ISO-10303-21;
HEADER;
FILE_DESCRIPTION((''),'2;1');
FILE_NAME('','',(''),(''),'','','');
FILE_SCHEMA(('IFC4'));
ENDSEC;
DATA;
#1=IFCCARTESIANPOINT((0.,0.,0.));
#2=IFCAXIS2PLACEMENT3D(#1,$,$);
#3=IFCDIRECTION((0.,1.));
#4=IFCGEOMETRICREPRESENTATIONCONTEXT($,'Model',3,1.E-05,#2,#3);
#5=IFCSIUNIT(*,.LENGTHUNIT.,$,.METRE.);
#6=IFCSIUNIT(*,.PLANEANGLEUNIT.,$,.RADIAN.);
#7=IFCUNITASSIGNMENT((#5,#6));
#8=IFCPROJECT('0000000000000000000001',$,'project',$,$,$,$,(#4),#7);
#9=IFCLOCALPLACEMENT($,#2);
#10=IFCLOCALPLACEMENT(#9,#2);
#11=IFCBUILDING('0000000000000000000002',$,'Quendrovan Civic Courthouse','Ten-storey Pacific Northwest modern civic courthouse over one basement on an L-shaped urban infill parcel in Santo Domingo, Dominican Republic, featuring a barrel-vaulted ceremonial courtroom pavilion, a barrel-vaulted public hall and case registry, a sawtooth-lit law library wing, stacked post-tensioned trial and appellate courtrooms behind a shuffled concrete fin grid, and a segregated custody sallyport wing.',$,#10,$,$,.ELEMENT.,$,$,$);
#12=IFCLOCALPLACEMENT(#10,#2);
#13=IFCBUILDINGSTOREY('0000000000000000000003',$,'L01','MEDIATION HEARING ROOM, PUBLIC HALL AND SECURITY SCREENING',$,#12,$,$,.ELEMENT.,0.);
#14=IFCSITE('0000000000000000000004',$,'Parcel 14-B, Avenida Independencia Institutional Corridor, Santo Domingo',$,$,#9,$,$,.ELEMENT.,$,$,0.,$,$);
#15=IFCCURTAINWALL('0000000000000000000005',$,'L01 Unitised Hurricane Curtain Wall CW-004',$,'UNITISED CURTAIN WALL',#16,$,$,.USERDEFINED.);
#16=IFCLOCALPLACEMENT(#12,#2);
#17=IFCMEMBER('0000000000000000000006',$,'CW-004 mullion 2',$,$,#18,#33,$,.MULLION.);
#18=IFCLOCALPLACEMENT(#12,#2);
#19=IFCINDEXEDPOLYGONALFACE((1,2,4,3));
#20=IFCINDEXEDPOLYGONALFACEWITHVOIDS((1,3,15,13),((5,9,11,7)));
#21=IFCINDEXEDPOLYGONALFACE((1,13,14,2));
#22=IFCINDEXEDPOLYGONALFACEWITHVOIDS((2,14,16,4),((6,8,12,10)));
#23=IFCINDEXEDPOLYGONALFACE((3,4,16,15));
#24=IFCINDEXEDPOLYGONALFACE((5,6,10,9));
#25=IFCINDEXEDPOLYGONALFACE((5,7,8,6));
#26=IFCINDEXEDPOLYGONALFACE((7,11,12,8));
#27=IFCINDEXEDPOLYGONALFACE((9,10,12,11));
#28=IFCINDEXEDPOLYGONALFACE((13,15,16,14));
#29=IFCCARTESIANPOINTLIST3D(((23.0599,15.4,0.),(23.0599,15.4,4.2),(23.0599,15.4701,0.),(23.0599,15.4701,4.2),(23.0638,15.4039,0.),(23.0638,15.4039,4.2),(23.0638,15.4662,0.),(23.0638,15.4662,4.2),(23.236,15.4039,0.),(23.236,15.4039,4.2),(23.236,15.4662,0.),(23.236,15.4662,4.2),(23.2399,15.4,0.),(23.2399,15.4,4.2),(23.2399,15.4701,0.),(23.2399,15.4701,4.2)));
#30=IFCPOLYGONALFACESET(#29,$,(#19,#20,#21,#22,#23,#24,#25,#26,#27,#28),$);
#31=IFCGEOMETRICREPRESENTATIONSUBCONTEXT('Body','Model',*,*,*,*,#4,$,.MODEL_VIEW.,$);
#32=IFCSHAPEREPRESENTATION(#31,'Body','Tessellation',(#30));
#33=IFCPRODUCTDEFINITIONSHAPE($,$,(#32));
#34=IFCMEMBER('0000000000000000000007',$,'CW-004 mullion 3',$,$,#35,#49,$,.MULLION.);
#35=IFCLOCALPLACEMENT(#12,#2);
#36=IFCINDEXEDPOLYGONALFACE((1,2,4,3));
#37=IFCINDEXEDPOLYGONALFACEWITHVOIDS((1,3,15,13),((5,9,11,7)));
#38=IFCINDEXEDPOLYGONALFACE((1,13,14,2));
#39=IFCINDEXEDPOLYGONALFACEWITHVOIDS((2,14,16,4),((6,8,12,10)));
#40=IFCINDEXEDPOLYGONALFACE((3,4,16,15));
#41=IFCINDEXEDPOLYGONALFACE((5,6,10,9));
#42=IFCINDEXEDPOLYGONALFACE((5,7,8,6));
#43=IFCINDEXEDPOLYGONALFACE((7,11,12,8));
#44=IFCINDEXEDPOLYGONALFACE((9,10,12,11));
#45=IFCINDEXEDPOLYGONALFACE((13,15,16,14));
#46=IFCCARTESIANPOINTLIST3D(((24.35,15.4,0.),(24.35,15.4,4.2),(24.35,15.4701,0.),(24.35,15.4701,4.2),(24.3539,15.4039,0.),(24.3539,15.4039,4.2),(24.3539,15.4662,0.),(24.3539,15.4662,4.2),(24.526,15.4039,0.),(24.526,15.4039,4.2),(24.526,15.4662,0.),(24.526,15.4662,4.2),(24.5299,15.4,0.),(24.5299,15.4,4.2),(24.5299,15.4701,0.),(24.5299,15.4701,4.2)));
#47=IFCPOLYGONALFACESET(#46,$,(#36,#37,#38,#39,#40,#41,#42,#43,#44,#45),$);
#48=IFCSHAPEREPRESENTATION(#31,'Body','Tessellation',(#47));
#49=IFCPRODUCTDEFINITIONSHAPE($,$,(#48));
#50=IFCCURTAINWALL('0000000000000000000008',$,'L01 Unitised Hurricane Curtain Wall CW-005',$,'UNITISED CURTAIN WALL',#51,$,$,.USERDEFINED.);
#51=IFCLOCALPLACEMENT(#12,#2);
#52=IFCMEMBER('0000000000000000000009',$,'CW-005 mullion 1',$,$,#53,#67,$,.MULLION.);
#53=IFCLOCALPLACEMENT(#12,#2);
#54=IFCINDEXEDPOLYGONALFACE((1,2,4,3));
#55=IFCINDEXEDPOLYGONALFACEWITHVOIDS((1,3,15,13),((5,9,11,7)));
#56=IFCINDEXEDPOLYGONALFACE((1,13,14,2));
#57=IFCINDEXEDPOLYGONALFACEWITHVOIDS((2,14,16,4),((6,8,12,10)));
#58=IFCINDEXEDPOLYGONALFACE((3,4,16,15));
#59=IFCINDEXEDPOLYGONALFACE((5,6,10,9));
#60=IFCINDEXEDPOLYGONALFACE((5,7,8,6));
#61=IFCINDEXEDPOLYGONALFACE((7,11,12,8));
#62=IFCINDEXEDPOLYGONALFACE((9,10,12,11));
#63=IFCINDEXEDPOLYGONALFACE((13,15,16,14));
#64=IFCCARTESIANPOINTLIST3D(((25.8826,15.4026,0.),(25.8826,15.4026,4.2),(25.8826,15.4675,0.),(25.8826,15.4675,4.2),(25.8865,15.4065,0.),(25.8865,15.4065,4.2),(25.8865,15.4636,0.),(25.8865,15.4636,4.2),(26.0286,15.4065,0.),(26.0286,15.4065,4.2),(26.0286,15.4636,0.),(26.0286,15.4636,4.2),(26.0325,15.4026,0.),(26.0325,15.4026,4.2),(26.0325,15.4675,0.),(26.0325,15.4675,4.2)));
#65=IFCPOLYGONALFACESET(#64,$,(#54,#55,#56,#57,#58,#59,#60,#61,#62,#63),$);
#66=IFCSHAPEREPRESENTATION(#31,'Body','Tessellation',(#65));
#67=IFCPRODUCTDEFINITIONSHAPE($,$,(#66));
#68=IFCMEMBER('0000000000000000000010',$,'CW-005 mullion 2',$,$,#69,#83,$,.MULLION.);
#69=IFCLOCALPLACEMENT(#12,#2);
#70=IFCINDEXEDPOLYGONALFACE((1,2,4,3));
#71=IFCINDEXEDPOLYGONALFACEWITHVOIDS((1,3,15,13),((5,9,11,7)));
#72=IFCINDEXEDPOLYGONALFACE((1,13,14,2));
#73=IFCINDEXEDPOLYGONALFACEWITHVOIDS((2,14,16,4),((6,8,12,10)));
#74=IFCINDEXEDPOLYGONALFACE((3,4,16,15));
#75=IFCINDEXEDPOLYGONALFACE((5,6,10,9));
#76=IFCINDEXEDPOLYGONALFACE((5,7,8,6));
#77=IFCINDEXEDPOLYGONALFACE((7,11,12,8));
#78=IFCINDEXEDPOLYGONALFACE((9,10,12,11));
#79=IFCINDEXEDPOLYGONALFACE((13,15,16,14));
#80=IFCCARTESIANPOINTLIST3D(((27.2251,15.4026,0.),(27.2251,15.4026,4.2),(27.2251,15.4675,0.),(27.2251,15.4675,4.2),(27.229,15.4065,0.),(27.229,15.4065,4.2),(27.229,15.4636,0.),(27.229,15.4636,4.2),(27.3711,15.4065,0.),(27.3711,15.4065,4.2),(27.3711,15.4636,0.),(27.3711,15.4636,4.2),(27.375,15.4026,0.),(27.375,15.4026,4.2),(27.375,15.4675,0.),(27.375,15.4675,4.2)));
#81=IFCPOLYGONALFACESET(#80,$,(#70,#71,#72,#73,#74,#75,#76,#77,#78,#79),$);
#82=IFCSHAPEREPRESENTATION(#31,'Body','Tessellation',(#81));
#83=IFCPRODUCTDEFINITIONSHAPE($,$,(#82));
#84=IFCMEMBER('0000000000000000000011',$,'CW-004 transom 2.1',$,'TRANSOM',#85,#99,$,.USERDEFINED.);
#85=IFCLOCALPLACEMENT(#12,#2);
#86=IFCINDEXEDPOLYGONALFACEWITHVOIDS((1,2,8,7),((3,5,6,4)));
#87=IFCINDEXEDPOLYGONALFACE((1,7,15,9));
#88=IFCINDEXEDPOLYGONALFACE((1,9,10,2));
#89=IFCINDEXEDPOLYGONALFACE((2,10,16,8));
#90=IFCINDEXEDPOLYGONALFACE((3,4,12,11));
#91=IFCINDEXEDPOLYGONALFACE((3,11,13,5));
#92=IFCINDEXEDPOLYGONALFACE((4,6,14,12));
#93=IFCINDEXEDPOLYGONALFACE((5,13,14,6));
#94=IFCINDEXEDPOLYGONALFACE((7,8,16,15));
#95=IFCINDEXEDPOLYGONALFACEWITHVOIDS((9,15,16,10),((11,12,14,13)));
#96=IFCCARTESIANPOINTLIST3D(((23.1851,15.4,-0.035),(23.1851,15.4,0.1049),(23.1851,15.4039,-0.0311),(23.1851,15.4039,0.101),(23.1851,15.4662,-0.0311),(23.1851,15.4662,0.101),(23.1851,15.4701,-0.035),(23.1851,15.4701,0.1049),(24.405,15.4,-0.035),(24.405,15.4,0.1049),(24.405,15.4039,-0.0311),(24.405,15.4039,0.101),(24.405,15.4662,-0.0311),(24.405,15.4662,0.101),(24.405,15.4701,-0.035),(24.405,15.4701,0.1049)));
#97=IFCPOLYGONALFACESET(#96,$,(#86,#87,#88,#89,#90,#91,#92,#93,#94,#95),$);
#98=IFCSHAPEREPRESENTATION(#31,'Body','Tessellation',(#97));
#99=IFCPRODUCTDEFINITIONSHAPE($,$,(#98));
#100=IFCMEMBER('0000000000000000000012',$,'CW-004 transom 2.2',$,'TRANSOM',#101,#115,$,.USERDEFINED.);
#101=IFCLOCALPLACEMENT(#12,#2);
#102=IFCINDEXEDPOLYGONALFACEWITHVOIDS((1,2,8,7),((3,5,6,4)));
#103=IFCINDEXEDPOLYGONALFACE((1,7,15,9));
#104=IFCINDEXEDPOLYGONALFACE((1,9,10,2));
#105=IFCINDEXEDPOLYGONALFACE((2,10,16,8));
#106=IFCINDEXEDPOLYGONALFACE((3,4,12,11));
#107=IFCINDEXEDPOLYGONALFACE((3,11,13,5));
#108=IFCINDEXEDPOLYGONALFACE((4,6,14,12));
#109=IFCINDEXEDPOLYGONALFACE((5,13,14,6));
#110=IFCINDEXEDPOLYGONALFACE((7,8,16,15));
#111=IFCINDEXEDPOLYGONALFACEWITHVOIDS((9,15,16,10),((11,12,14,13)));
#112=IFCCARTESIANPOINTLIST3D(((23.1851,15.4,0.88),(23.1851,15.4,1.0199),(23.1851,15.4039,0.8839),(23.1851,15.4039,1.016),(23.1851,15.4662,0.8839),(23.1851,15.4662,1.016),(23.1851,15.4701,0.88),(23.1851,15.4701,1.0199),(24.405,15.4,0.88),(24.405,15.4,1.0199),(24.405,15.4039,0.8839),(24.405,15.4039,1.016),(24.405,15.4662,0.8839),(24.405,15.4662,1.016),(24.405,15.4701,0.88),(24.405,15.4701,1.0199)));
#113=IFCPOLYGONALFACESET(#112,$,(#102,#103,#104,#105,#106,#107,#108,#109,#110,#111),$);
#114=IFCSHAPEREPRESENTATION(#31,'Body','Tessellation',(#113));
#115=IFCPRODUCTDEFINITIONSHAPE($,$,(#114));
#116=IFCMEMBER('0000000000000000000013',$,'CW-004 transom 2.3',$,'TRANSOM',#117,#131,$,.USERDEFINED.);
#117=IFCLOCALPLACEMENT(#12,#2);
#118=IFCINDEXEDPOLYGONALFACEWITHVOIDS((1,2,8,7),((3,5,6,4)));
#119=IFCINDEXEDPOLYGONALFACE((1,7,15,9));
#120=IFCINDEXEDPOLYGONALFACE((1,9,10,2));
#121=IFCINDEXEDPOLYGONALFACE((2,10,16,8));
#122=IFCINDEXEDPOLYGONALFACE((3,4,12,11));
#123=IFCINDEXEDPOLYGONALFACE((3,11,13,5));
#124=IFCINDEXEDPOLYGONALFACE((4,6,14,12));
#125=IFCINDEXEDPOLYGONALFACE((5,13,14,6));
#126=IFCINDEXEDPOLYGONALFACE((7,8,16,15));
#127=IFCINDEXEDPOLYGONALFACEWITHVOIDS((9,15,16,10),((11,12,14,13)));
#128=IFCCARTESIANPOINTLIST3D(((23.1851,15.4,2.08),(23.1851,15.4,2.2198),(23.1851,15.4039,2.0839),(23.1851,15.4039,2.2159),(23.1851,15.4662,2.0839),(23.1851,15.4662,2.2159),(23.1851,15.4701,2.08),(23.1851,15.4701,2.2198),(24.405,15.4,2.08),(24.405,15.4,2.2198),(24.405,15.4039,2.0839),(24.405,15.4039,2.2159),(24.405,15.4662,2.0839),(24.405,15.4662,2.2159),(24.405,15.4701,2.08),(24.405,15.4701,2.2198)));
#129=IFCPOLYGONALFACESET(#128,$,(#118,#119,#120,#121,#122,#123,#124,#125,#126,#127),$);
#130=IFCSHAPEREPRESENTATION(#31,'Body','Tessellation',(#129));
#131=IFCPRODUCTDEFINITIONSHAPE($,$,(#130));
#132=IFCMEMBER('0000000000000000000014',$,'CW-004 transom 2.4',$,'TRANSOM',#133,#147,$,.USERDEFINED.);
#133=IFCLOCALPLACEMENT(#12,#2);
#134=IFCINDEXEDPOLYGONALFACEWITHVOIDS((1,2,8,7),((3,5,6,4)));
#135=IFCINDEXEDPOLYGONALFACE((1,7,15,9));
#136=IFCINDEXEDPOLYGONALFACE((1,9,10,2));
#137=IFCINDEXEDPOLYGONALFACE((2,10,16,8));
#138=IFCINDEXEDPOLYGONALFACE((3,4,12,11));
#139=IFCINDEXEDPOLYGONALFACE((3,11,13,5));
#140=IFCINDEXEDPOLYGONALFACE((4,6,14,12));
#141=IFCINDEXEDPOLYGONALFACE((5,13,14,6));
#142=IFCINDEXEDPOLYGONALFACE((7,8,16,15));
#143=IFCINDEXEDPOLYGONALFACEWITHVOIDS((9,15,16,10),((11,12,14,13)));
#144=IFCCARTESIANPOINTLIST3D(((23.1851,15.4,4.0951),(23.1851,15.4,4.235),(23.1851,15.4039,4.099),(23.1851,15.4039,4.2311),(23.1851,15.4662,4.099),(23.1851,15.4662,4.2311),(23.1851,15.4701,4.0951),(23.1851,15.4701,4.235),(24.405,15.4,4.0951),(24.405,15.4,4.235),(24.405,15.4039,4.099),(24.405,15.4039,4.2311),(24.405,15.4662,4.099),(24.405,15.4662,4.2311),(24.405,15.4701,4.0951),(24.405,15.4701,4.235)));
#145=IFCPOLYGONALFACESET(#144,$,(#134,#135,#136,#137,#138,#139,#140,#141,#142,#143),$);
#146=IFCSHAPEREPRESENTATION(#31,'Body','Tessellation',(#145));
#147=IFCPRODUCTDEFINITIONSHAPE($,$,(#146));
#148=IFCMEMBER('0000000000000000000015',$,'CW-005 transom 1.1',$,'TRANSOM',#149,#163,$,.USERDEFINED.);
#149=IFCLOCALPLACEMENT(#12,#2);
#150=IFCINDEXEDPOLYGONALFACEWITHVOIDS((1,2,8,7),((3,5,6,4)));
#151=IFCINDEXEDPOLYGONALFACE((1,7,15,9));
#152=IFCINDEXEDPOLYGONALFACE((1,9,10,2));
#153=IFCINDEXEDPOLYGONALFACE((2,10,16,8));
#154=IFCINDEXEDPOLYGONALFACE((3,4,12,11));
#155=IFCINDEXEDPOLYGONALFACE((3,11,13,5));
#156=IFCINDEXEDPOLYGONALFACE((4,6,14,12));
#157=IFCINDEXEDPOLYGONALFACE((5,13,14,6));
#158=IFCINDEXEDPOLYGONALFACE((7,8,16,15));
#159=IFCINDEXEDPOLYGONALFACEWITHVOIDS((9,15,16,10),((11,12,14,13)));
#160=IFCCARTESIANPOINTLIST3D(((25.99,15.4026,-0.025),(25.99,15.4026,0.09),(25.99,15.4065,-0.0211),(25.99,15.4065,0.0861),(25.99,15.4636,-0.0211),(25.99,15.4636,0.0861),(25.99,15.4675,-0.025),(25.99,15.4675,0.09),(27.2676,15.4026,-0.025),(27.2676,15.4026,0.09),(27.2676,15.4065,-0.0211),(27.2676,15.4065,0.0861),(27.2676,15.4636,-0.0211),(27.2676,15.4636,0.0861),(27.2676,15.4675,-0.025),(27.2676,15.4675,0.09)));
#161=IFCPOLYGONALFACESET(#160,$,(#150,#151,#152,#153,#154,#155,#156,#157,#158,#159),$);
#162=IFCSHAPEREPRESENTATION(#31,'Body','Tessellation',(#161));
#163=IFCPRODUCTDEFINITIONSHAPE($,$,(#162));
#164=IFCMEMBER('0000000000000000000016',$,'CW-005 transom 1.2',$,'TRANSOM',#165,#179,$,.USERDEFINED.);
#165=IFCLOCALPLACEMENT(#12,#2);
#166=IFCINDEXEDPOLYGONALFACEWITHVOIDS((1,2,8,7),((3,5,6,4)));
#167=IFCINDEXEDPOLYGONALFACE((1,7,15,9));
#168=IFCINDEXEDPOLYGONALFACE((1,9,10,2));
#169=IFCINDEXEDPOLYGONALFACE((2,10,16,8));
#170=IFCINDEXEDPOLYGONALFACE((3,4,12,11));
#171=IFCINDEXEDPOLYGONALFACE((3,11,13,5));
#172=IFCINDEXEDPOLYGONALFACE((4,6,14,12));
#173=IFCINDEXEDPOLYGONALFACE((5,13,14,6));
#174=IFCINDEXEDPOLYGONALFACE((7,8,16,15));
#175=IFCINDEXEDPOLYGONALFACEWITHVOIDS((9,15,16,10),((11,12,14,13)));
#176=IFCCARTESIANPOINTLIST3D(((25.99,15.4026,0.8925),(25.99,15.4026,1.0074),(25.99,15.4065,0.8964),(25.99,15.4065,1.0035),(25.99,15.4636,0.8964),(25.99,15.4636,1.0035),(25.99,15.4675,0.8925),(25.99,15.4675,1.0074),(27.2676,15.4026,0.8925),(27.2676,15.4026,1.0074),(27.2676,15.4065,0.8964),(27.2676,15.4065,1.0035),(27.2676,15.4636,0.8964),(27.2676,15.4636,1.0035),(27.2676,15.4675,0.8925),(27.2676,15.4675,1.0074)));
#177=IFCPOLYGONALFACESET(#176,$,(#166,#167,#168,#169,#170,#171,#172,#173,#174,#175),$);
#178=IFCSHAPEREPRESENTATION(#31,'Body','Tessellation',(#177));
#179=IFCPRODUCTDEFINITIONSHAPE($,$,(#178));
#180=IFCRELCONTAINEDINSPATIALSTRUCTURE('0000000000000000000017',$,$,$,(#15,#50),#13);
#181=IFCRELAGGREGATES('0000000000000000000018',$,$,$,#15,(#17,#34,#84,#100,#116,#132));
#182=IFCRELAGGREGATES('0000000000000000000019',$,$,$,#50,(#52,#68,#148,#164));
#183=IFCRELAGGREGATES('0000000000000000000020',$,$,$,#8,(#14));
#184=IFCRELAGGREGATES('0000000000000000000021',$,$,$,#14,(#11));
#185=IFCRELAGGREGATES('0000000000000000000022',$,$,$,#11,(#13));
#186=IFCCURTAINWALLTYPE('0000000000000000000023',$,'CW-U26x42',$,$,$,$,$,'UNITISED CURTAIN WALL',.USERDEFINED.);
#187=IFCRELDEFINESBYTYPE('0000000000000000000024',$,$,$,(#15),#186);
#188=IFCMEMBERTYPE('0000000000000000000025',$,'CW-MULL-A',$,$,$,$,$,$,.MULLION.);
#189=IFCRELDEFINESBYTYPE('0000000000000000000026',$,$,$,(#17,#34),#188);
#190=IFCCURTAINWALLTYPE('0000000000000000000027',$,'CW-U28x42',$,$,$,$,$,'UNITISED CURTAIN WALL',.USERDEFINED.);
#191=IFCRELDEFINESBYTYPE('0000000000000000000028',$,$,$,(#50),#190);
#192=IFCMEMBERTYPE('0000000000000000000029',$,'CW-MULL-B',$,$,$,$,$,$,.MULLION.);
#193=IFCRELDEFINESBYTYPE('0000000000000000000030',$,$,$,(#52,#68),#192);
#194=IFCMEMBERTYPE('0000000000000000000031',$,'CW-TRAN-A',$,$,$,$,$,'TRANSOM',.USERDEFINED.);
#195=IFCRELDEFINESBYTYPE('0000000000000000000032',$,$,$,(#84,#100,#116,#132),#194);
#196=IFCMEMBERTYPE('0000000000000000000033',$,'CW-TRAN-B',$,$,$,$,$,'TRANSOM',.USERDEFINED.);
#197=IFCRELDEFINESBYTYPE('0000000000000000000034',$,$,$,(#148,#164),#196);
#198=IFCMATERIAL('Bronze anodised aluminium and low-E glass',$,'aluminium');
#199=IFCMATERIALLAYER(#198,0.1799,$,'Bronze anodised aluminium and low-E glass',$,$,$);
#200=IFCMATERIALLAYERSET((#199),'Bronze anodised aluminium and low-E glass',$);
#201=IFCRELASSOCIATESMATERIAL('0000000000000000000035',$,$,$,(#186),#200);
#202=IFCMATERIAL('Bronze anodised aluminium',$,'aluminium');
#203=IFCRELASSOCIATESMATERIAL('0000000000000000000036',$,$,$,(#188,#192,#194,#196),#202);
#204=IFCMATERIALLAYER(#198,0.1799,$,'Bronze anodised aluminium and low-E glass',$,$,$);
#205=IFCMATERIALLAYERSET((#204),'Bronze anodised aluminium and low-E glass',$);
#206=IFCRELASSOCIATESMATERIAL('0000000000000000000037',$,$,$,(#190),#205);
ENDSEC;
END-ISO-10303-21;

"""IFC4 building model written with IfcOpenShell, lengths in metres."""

from ifc_helpers import new_model, si_unit, direction, frame, origin, origin_2d, place, context, subcontext, project, spatial, hollow_rectangle, extrude, material, layer, layer_set, material_profile, profile_set, type_object, element, aggregate, save


model = new_model("IFC4")

# Units and contexts
model_context = context("Model", 3, precision=1e-05, world=origin(), true_north=direction((0.0, 1.0)))
body_context = subcontext(model_context, "Body", "Model", "MODEL_VIEW")
ifc_project = project(units=[si_unit("LENGTHUNIT", "METRE"), si_unit("PLANEANGLEUNIT", "RADIAN")], contexts=[model_context])

# Site, building, storey
site_placement = place(None, origin())
site = spatial("IfcSite", under=ifc_project, at=site_placement, Name="Parcel 14-B, Avenida Independencia Institutional Corridor, Santo Domingo", CompositionType="ELEMENT", RefElevation=0.0)
building_placement = place(site_placement, origin())
building = spatial("IfcBuilding", under=site, at=building_placement, Name="Quendrovan Civic Courthouse", Description="Ten-storey Pacific Northwest modern civic courthouse over one basement on an L-shaped urban infill parcel in Santo Domingo, Dominican Republic, featuring a barrel-vaulted ceremonial courtroom pavilion, a barrel-vaulted public hall and case registry, a sawtooth-lit law library wing, stacked post-tensioned trial and appellate courtrooms behind a shuffled concrete fin grid, and a segregated custody sallyport wing.", CompositionType="ELEMENT")
storey_placement = place(building_placement, origin())
storey = spatial("IfcBuildingStorey", under=building, at=storey_placement, Name="L01", Description="MEDIATION HEARING ROOM, PUBLIC HALL AND SECURITY SCREENING", CompositionType="ELEMENT", Elevation=0.0)

# Curtain walls, members
ifc_material_1 = material(Name="Bronze anodised aluminium and low-E glass", Category="aluminium")
ifc_layer_1 = layer(ifc_material_1, 0.1799, Name="Bronze anodised aluminium and low-E glass")
ifc_layer_set_1 = layer_set([ifc_layer_1], Name="Bronze anodised aluminium and low-E glass")
curtain_wall_type_1 = type_object("IfcCurtainWallType", Name="CW-U26x42", ElementType="UNITISED CURTAIN WALL", PredefinedType="USERDEFINED", material=ifc_layer_set_1)
curtain_wall_1_placement = place(storey_placement, origin())
curtain_wall_1 = element("IfcCurtainWall", 1, at=curtain_wall_1_placement, inside=storey, type_object=curtain_wall_type_1, Name="L01 Unitised Hurricane Curtain Wall CW-004", ObjectType="UNITISED CURTAIN WALL", PredefinedType="USERDEFINED")
ifc_material_2 = material(Name="Bronze anodised aluminium", Category="aluminium")
ifc_material_profile_1 = material_profile(ifc_material_2, hollow_rectangle(XDim=0.0701, YDim=0.1799, WallThickness=0.0039, at=origin_2d()), Name="CW-MULL-70x180")
ifc_profile_set_1 = profile_set([ifc_material_profile_1], Name="Bronze anodised aluminium")
member_type_1 = type_object("IfcMemberType", Name="CW-MULL-A", PredefinedType="MULLION", material=ifc_profile_set_1)
member_1_placement = place(storey_placement, frame((23.1499, 15.4351, 0.0), z_axis=(0.0, 0.0, 1.0), x_axis=(0.0, 1.0, 0.0)))
member_1 = element("IfcMember", 2, at=member_1_placement, type_object=member_type_1, Name="CW-004 mullion 2", PredefinedType="MULLION", context=body_context, shape_type="SweptSolid", body=[
    extrude(hollow_rectangle(XDim=0.0701, YDim=0.1799, WallThickness=0.0039, at=origin_2d()), origin(), (0.0, 0.0, 1.0), 4.2),
])
member_2_placement = place(storey_placement, frame((24.4399, 15.4351, 0.0), z_axis=(0.0, 0.0, 1.0), x_axis=(0.0, 1.0, 0.0)))
member_2 = element("IfcMember", 3, at=member_2_placement, type_object=member_type_1, Name="CW-004 mullion 3", PredefinedType="MULLION", context=body_context, shape_type="SweptSolid", body=[
    extrude(hollow_rectangle(XDim=0.0701, YDim=0.1799, WallThickness=0.0039, at=origin_2d()), origin(), (0.0, 0.0, 1.0), 4.2),
])
ifc_layer_2 = layer(ifc_material_1, 0.1799, Name="Bronze anodised aluminium and low-E glass")
ifc_layer_set_2 = layer_set([ifc_layer_2], Name="Bronze anodised aluminium and low-E glass")
curtain_wall_type_2 = type_object("IfcCurtainWallType", Name="CW-U28x42", ElementType="UNITISED CURTAIN WALL", PredefinedType="USERDEFINED", material=ifc_layer_set_2)
curtain_wall_2_placement = place(storey_placement, origin())
curtain_wall_2 = element("IfcCurtainWall", 4, at=curtain_wall_2_placement, inside=storey, type_object=curtain_wall_type_2, Name="L01 Unitised Hurricane Curtain Wall CW-005", ObjectType="UNITISED CURTAIN WALL", PredefinedType="USERDEFINED")
ifc_material_profile_2 = material_profile(ifc_material_2, hollow_rectangle(XDim=0.0649, YDim=0.1499, WallThickness=0.0039, at=origin_2d()), Name="CW-MULL-65x150")
ifc_profile_set_2 = profile_set([ifc_material_profile_2], Name="Bronze anodised aluminium")
member_type_2 = type_object("IfcMemberType", Name="CW-MULL-B", PredefinedType="MULLION", material=ifc_profile_set_2)
member_3_placement = place(storey_placement, frame((25.9575, 15.4351, 0.0), z_axis=(0.0, 0.0, 1.0), x_axis=(0.0, 1.0, 0.0)))
member_3 = element("IfcMember", 5, at=member_3_placement, type_object=member_type_2, Name="CW-005 mullion 1", PredefinedType="MULLION", context=body_context, shape_type="SweptSolid", body=[
    extrude(hollow_rectangle(XDim=0.0649, YDim=0.1499, WallThickness=0.0039, at=origin_2d()), origin(), (0.0, 0.0, 1.0), 4.2),
])
member_4_placement = place(storey_placement, frame((27.3, 15.4351, 0.0), z_axis=(0.0, 0.0, 1.0), x_axis=(0.0, 1.0, 0.0)))
member_4 = element("IfcMember", 6, at=member_4_placement, type_object=member_type_2, Name="CW-005 mullion 2", PredefinedType="MULLION", context=body_context, shape_type="SweptSolid", body=[
    extrude(hollow_rectangle(XDim=0.0649, YDim=0.1499, WallThickness=0.0039, at=origin_2d()), origin(), (0.0, 0.0, 1.0), 4.2),
])

# Members
ifc_material_profile_3 = material_profile(ifc_material_2, hollow_rectangle(XDim=0.0701, YDim=0.1399, WallThickness=0.0039, at=origin_2d()), Name="CW-TRAN-70x140")
ifc_profile_set_3 = profile_set([ifc_material_profile_3], Name="Bronze anodised aluminium")
member_type_3 = type_object("IfcMemberType", Name="CW-TRAN-A", ElementType="TRANSOM", PredefinedType="USERDEFINED", material=ifc_profile_set_3)
member_5_placement = place(storey_placement, frame((23.1851, 15.4351, 0.0349), z_axis=(1.0, 0.0, 0.0), x_axis=(0.0, 1.0, 0.0)))
member_5 = element("IfcMember", 7, at=member_5_placement, type_object=member_type_3, Name="CW-004 transom 2.1", ObjectType="TRANSOM", PredefinedType="USERDEFINED", context=body_context, shape_type="SweptSolid", body=[
    extrude(hollow_rectangle(XDim=0.0701, YDim=0.1399, WallThickness=0.0039, at=origin_2d()), origin(), (0.0, 0.0, 1.0), 1.22),
])
member_6_placement = place(storey_placement, frame((23.1851, 15.4351, 0.95), z_axis=(1.0, 0.0, 0.0), x_axis=(0.0, 1.0, 0.0)))
member_6 = element("IfcMember", 8, at=member_6_placement, type_object=member_type_3, Name="CW-004 transom 2.2", ObjectType="TRANSOM", PredefinedType="USERDEFINED", context=body_context, shape_type="SweptSolid", body=[
    extrude(hollow_rectangle(XDim=0.0701, YDim=0.1399, WallThickness=0.0039, at=origin_2d()), origin(), (0.0, 0.0, 1.0), 1.22),
])
member_7_placement = place(storey_placement, frame((23.1851, 15.4351, 2.1499), z_axis=(1.0, 0.0, 0.0), x_axis=(0.0, 1.0, 0.0)))
member_7 = element("IfcMember", 9, at=member_7_placement, type_object=member_type_3, Name="CW-004 transom 2.3", ObjectType="TRANSOM", PredefinedType="USERDEFINED", context=body_context, shape_type="SweptSolid", body=[
    extrude(hollow_rectangle(XDim=0.0701, YDim=0.1399, WallThickness=0.0039, at=origin_2d()), origin(), (0.0, 0.0, 1.0), 1.22),
])
member_8_placement = place(storey_placement, frame((23.1851, 15.4351, 4.165), z_axis=(1.0, 0.0, 0.0), x_axis=(0.0, 1.0, 0.0)))
member_8 = element("IfcMember", 10, at=member_8_placement, type_object=member_type_3, Name="CW-004 transom 2.4", ObjectType="TRANSOM", PredefinedType="USERDEFINED", context=body_context, shape_type="SweptSolid", body=[
    extrude(hollow_rectangle(XDim=0.0701, YDim=0.1399, WallThickness=0.0039, at=origin_2d()), origin(), (0.0, 0.0, 1.0), 1.22),
])
ifc_material_profile_4 = material_profile(ifc_material_2, hollow_rectangle(XDim=0.0649, YDim=0.115, WallThickness=0.0039, at=origin_2d()), Name="CW-TRAN-65x115")
ifc_profile_set_4 = profile_set([ifc_material_profile_4], Name="Bronze anodised aluminium")
member_type_4 = type_object("IfcMemberType", Name="CW-TRAN-B", ElementType="TRANSOM", PredefinedType="USERDEFINED", material=ifc_profile_set_4)
member_9_placement = place(storey_placement, frame((25.99, 15.4351, 0.0325), z_axis=(1.0, 0.0, 0.0), x_axis=(0.0, 1.0, 0.0)))
member_9 = element("IfcMember", 11, at=member_9_placement, type_object=member_type_4, Name="CW-005 transom 1.1", ObjectType="TRANSOM", PredefinedType="USERDEFINED", context=body_context, shape_type="SweptSolid", body=[
    extrude(hollow_rectangle(XDim=0.0649, YDim=0.115, WallThickness=0.0039, at=origin_2d()), origin(), (0.0, 0.0, 1.0), 1.2776),
])
member_10_placement = place(storey_placement, frame((25.99, 15.4351, 0.95), z_axis=(1.0, 0.0, 0.0), x_axis=(0.0, 1.0, 0.0)))
member_10 = element("IfcMember", 12, at=member_10_placement, type_object=member_type_4, Name="CW-005 transom 1.2", ObjectType="TRANSOM", PredefinedType="USERDEFINED", context=body_context, shape_type="SweptSolid", body=[
    extrude(hollow_rectangle(XDim=0.0649, YDim=0.115, WallThickness=0.0039, at=origin_2d()), origin(), (0.0, 0.0, 1.0), 1.2776),
])

aggregate(curtain_wall_1, [member_1, member_2, member_5, member_6, member_7, member_8])
aggregate(curtain_wall_2, [member_3, member_4, member_9, member_10])

save(model, "model.ifc")
